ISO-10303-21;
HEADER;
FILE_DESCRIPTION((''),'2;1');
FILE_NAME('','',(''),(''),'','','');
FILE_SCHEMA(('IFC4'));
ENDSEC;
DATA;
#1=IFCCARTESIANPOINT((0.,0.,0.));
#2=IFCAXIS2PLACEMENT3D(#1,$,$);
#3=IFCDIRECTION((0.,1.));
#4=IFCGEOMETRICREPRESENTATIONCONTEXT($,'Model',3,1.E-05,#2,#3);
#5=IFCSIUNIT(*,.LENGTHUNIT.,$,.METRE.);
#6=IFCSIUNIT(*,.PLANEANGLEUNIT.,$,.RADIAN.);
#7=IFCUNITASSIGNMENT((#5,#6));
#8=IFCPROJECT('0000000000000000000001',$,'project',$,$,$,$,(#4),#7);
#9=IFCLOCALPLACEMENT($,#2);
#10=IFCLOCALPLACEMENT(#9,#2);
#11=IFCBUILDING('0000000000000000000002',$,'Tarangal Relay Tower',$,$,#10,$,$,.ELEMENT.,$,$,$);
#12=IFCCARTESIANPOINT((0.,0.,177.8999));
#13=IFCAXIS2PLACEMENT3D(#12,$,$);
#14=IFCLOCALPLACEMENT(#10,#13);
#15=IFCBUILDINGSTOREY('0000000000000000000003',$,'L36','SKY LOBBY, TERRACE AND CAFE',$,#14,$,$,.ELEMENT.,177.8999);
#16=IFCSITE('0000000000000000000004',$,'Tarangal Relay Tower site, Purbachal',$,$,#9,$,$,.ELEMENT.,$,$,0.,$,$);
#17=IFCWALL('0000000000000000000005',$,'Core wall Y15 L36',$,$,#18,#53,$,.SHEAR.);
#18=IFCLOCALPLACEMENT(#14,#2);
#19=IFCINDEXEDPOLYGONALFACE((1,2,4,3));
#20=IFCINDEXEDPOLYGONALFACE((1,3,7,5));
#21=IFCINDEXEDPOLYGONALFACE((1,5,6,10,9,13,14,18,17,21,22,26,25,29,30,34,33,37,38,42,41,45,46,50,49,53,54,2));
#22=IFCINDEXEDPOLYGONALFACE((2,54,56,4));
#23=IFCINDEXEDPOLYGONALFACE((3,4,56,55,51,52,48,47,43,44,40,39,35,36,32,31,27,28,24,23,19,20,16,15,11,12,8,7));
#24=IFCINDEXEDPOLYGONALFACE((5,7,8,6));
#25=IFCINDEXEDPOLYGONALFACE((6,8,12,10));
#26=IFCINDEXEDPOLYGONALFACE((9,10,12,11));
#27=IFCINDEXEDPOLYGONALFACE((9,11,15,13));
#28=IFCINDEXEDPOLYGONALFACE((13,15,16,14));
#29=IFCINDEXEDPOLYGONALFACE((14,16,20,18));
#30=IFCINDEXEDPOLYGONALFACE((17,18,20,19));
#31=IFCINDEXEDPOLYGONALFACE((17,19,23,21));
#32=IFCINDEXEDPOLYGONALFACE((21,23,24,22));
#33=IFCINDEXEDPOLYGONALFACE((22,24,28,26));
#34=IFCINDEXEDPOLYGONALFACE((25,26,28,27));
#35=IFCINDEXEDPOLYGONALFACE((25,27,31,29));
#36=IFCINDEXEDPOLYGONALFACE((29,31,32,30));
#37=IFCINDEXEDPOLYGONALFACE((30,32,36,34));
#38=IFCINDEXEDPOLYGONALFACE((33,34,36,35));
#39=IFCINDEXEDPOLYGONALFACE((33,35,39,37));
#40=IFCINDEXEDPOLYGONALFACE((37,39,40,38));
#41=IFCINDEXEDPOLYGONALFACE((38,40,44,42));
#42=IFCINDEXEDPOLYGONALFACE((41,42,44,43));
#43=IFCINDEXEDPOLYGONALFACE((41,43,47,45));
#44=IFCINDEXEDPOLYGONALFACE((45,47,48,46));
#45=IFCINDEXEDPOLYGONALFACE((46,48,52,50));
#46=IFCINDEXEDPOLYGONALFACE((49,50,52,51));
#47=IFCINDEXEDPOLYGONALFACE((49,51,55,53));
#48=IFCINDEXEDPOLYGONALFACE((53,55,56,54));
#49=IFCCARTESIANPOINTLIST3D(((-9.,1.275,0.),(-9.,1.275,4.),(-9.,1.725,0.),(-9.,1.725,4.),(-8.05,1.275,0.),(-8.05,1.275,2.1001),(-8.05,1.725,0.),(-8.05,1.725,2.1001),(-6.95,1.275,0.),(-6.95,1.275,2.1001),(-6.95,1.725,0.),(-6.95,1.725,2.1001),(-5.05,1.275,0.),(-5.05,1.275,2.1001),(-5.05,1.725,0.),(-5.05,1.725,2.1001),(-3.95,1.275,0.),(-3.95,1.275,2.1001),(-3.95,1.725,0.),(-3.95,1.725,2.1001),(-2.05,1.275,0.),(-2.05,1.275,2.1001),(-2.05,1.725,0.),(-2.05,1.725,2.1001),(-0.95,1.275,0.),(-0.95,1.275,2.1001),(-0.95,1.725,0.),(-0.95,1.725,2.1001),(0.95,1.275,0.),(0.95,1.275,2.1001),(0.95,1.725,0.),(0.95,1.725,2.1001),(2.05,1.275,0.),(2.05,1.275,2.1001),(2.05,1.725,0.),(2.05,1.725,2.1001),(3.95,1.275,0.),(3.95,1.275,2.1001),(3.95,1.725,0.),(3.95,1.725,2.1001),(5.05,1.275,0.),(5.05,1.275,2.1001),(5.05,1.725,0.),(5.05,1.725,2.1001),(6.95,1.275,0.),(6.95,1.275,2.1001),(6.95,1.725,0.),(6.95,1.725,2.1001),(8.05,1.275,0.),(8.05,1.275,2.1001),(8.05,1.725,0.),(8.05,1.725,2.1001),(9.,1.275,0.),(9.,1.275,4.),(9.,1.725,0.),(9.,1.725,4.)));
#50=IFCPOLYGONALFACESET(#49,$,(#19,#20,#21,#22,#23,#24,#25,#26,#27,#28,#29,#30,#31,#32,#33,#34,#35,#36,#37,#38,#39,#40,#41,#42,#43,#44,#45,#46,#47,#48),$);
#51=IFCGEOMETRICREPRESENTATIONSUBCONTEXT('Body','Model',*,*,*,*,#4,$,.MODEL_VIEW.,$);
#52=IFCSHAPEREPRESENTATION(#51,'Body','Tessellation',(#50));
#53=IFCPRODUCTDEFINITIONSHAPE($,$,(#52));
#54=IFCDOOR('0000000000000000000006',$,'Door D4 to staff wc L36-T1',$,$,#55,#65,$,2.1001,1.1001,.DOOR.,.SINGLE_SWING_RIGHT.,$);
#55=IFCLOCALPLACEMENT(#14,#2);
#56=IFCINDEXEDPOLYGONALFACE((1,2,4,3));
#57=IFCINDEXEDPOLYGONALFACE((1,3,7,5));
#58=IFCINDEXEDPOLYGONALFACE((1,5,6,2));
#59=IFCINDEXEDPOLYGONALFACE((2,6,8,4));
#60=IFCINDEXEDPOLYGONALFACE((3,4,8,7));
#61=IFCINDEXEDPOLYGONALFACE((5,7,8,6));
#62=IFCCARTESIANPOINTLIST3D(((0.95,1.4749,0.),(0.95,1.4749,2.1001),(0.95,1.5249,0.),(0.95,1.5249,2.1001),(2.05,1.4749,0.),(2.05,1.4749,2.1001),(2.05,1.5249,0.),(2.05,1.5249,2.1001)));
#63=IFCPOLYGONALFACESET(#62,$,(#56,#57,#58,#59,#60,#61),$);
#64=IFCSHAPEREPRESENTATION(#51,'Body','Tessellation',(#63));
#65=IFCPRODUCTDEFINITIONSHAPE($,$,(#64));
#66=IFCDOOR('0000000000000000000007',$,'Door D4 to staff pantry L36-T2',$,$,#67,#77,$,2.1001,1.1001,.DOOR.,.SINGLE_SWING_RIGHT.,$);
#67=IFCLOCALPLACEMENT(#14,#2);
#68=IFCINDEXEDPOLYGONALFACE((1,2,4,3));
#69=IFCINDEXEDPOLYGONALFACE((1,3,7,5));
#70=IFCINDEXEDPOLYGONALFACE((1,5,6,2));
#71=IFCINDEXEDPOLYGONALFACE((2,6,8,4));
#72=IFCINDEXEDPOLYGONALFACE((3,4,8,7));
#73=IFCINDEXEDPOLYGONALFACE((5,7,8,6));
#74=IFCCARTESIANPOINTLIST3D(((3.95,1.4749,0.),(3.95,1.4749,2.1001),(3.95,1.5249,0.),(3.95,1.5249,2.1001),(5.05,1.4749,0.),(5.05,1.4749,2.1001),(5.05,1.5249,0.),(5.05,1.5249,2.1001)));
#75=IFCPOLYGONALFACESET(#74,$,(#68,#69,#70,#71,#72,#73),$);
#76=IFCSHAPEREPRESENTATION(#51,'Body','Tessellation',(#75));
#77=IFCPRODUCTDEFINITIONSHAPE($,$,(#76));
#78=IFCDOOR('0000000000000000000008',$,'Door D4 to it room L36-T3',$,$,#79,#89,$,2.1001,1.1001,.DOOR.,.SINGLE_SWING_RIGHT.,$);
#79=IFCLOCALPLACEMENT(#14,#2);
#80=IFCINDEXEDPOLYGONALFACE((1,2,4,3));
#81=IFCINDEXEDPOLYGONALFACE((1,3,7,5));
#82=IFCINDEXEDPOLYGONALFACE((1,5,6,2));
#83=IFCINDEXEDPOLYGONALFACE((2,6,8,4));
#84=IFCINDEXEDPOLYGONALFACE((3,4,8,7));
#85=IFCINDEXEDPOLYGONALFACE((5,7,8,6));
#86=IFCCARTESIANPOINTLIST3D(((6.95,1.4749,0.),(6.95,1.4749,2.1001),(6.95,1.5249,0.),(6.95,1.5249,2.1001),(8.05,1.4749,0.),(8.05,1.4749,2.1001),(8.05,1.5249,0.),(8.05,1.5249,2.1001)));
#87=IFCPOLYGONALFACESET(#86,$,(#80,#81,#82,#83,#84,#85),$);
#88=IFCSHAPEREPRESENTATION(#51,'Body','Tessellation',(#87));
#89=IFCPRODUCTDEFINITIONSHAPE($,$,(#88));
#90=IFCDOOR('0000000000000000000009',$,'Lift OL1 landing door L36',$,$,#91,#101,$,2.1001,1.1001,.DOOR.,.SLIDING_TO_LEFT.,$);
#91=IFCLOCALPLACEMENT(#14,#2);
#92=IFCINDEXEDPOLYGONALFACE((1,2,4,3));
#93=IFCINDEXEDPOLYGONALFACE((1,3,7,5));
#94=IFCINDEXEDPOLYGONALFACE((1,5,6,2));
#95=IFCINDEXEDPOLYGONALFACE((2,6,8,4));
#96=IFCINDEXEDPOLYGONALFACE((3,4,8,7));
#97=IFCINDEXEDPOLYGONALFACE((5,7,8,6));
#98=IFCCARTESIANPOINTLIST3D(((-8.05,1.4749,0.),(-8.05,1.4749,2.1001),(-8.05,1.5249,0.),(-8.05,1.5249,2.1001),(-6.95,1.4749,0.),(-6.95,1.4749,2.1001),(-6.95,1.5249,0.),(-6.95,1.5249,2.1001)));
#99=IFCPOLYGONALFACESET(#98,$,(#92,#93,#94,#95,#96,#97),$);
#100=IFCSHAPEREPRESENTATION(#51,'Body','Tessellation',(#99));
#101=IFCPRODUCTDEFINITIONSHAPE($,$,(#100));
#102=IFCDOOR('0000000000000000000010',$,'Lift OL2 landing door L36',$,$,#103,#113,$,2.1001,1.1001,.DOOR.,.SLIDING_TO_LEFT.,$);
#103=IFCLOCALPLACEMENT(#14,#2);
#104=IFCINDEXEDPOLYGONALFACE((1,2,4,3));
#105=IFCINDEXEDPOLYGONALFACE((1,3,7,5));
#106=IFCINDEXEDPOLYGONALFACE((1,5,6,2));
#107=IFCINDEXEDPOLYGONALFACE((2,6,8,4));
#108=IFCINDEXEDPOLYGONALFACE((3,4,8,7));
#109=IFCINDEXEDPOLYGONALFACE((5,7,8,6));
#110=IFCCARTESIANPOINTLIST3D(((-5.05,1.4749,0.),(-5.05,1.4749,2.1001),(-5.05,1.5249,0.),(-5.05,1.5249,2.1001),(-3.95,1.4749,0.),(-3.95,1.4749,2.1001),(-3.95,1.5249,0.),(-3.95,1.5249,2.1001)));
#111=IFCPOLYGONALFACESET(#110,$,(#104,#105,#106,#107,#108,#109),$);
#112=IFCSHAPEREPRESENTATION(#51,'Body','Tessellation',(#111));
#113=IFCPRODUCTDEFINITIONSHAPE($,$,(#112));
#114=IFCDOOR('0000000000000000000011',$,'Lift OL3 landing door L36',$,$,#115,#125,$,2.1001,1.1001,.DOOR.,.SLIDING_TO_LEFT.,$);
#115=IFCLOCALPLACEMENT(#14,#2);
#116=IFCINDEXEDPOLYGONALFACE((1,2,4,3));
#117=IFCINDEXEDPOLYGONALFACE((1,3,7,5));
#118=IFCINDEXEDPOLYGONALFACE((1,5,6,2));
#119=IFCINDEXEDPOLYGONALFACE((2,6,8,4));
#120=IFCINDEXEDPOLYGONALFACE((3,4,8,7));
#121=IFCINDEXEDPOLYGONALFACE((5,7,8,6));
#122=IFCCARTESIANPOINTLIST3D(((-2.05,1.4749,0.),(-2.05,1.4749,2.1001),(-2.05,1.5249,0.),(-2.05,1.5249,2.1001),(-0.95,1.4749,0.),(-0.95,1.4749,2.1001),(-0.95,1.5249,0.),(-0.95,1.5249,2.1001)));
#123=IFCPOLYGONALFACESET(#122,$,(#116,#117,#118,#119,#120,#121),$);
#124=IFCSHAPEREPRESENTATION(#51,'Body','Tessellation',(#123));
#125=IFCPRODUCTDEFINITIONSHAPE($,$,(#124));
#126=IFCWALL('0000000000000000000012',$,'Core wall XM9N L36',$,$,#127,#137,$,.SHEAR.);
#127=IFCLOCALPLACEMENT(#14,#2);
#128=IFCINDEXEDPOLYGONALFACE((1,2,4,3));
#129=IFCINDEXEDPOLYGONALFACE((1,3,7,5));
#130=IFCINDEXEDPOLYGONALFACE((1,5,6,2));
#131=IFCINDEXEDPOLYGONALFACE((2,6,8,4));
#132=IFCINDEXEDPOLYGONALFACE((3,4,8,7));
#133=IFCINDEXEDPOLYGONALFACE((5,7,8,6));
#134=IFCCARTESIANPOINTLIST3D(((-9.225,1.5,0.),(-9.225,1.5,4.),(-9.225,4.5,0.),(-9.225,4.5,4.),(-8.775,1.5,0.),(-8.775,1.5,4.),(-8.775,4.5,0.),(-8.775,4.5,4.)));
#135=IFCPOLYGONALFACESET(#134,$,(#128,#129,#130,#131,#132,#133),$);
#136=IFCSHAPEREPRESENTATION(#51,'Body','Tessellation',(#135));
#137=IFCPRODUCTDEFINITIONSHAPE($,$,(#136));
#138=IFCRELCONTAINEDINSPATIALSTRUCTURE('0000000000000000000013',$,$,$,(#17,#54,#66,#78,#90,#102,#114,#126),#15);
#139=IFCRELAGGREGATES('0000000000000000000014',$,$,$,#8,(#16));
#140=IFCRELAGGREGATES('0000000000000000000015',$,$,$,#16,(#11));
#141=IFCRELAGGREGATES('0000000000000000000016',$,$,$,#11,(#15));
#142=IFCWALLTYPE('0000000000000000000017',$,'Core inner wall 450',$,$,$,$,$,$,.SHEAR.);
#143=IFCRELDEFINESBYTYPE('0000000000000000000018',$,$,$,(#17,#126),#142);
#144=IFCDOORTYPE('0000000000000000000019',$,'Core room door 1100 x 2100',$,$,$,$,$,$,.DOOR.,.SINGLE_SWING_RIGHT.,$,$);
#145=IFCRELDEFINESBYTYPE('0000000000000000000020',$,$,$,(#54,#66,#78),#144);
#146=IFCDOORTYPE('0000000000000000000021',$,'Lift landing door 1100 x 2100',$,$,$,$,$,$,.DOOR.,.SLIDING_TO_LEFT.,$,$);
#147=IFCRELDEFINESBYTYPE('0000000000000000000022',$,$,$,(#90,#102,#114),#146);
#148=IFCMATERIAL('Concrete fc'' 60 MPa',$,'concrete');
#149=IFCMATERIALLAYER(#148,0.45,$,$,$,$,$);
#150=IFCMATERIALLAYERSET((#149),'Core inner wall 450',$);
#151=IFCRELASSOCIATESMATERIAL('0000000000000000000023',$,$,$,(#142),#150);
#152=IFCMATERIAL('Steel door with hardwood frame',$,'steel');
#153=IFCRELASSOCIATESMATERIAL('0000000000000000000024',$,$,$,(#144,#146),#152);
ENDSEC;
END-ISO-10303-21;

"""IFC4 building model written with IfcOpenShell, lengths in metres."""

from ifc_helpers import new_model, si_unit, direction, frame, frame_2d, origin, place, context, subcontext, project, spatial, rectangle, extrude, material, layer, layer_set, type_object, element, fill, save


model = new_model("IFC4")

# Units and contexts
model_context = context("Model", 3, precision=1e-05, world=origin(), true_north=direction((0.0, 1.0)))
body_context = subcontext(model_context, "Body", "Model", "MODEL_VIEW")
ifc_project = project(units=[si_unit("LENGTHUNIT", "METRE"), si_unit("PLANEANGLEUNIT", "RADIAN")], contexts=[model_context])

# Site, building, storey
site_placement = place(None, origin())
site = spatial("IfcSite", under=ifc_project, at=site_placement, Name="Tarangal Relay Tower site, Purbachal", CompositionType="ELEMENT", RefElevation=0.0)
building_placement = place(site_placement, origin())
building = spatial("IfcBuilding", under=site, at=building_placement, Name="Tarangal Relay Tower", CompositionType="ELEMENT")
storey_placement = place(building_placement, frame((0.0, 0.0, 177.8999)))
storey = spatial("IfcBuildingStorey", under=building, at=storey_placement, Name="L36", Description="SKY LOBBY, TERRACE AND CAFE", CompositionType="ELEMENT", Elevation=177.8999)

# Wall, openings, doors
ifc_material_1 = material(Name="Concrete fc' 60 MPa", Category="concrete")
ifc_layer_1 = layer(ifc_material_1, 0.45)
ifc_layer_set_1 = layer_set([ifc_layer_1], Name="Core inner wall 450")
wall_type_1 = type_object("IfcWallType", Name="Core inner wall 450", PredefinedType="SHEAR", material=ifc_layer_set_1)
ifc_material_2 = material(Name="Steel door with hardwood frame", Category="steel")
wall_1_placement = place(storey_placement, frame((-9.0, 1.5, 0.0), z_axis=(0.0, 0.0, 1.0), x_axis=(1.0, 0.0, 0.0)))
wall_1 = element("IfcWall", 1, at=wall_1_placement, inside=storey, type_object=wall_type_1, Name="Core wall Y15 L36", PredefinedType="SHEAR", context=body_context, shape_type="SweptSolid", body=[
    extrude(rectangle(XDim=18.0, YDim=0.45, at=frame_2d((9.0, 0.0))), origin(), (0.0, 0.0, 1.0), 4.0),
])
opening_1_placement = place(wall_1_placement, frame((0.95, 0.0, 0.0)))
opening_1 = element("IfcOpeningElement", 2, at=opening_1_placement, cuts=wall_1, PredefinedType="OPENING", context=body_context, shape_type="SweptSolid", body=[
    extrude(rectangle(XDim=1.1001, YDim=2.1001, at=frame_2d((0.55, 1.05))), frame((0.0, 0.2349, 0.0), z_axis=(0.0, -1.0, 0.0), x_axis=(1.0, 0.0, 0.0)), (0.0, 0.0, 1.0), 0.47),
])
opening_2_placement = place(wall_1_placement, frame((3.95, 0.0, 0.0)))
opening_2 = element("IfcOpeningElement", 3, at=opening_2_placement, cuts=wall_1, PredefinedType="OPENING", context=body_context, shape_type="SweptSolid", body=[
    extrude(rectangle(XDim=1.1001, YDim=2.1001, at=frame_2d((0.55, 1.05))), frame((0.0, 0.2349, 0.0), z_axis=(0.0, -1.0, 0.0), x_axis=(1.0, 0.0, 0.0)), (0.0, 0.0, 1.0), 0.47),
])
opening_3_placement = place(wall_1_placement, frame((6.95, 0.0, 0.0)))
opening_3 = element("IfcOpeningElement", 4, at=opening_3_placement, cuts=wall_1, PredefinedType="OPENING", context=body_context, shape_type="SweptSolid", body=[
    extrude(rectangle(XDim=1.1001, YDim=2.1001, at=frame_2d((0.55, 1.05))), frame((0.0, 0.2349, 0.0), z_axis=(0.0, -1.0, 0.0), x_axis=(1.0, 0.0, 0.0)), (0.0, 0.0, 1.0), 0.47),
])
opening_4_placement = place(wall_1_placement, frame((9.95, 0.0, 0.0)))
opening_4 = element("IfcOpeningElement", 5, at=opening_4_placement, cuts=wall_1, PredefinedType="OPENING", context=body_context, shape_type="SweptSolid", body=[
    extrude(rectangle(XDim=1.1001, YDim=2.1001, at=frame_2d((0.55, 1.05))), frame((0.0, 0.2349, 0.0), z_axis=(0.0, -1.0, 0.0), x_axis=(1.0, 0.0, 0.0)), (0.0, 0.0, 1.0), 0.47),
])
opening_5_placement = place(wall_1_placement, frame((12.95, 0.0, 0.0)))
opening_5 = element("IfcOpeningElement", 6, at=opening_5_placement, cuts=wall_1, PredefinedType="OPENING", context=body_context, shape_type="SweptSolid", body=[
    extrude(rectangle(XDim=1.1001, YDim=2.1001, at=frame_2d((0.55, 1.05))), frame((0.0, 0.2349, 0.0), z_axis=(0.0, -1.0, 0.0), x_axis=(1.0, 0.0, 0.0)), (0.0, 0.0, 1.0), 0.47),
])
opening_6_placement = place(wall_1_placement, frame((15.95, 0.0, 0.0)))
opening_6 = element("IfcOpeningElement", 7, at=opening_6_placement, cuts=wall_1, PredefinedType="OPENING", context=body_context, shape_type="SweptSolid", body=[
    extrude(rectangle(XDim=1.1001, YDim=2.1001, at=frame_2d((0.55, 1.05))), frame((0.0, 0.2349, 0.0), z_axis=(0.0, -1.0, 0.0), x_axis=(1.0, 0.0, 0.0)), (0.0, 0.0, 1.0), 0.47),
])
door_type_1 = type_object("IfcDoorType", Name="Core room door 1100 x 2100", OperationType="SINGLE_SWING_RIGHT", PredefinedType="DOOR", material=ifc_material_2)
door_1_placement = place(opening_4_placement, origin())
door_1 = element("IfcDoor", 8, at=door_1_placement, inside=storey, type_object=door_type_1, Name="Door D4 to staff wc L36-T1", OperationType="SINGLE_SWING_RIGHT", OverallHeight=2.1001, OverallWidth=1.1001, PredefinedType="DOOR", context=body_context, shape_type="SweptSolid", body=[
    extrude(rectangle(XDim=1.1001, YDim=2.1001, at=frame_2d((0.55, 1.05))), frame((0.0, 0.0249, 0.0), z_axis=(0.0, -1.0, 0.0), x_axis=(1.0, 0.0, 0.0)), (0.0, 0.0, 1.0), 0.05),
])
fill(opening_4, door_1)
door_2_placement = place(opening_5_placement, origin())
door_2 = element("IfcDoor", 9, at=door_2_placement, inside=storey, type_object=door_type_1, Name="Door D4 to staff pantry L36-T2", OperationType="SINGLE_SWING_RIGHT", OverallHeight=2.1001, OverallWidth=1.1001, PredefinedType="DOOR", context=body_context, shape_type="SweptSolid", body=[
    extrude(rectangle(XDim=1.1001, YDim=2.1001, at=frame_2d((0.55, 1.05))), frame((0.0, 0.0249, 0.0), z_axis=(0.0, -1.0, 0.0), x_axis=(1.0, 0.0, 0.0)), (0.0, 0.0, 1.0), 0.05),
])
fill(opening_5, door_2)
door_3_placement = place(opening_6_placement, origin())
door_3 = element("IfcDoor", 10, at=door_3_placement, inside=storey, type_object=door_type_1, Name="Door D4 to it room L36-T3", OperationType="SINGLE_SWING_RIGHT", OverallHeight=2.1001, OverallWidth=1.1001, PredefinedType="DOOR", context=body_context, shape_type="SweptSolid", body=[
    extrude(rectangle(XDim=1.1001, YDim=2.1001, at=frame_2d((0.55, 1.05))), frame((0.0, 0.0249, 0.0), z_axis=(0.0, -1.0, 0.0), x_axis=(1.0, 0.0, 0.0)), (0.0, 0.0, 1.0), 0.05),
])
fill(opening_6, door_3)
door_type_2 = type_object("IfcDoorType", Name="Lift landing door 1100 x 2100", OperationType="SLIDING_TO_LEFT", PredefinedType="DOOR", material=ifc_material_2)
door_4_placement = place(opening_1_placement, origin())
door_4 = element("IfcDoor", 11, at=door_4_placement, inside=storey, type_object=door_type_2, Name="Lift OL1 landing door L36", OperationType="SLIDING_TO_LEFT", OverallHeight=2.1001, OverallWidth=1.1001, PredefinedType="DOOR", context=body_context, shape_type="SweptSolid", body=[
    extrude(rectangle(XDim=1.1001, YDim=2.1001, at=frame_2d((0.55, 1.05))), frame((0.0, 0.0249, 0.0), z_axis=(0.0, -1.0, 0.0), x_axis=(1.0, 0.0, 0.0)), (0.0, 0.0, 1.0), 0.05),
])
fill(opening_1, door_4)
door_5_placement = place(opening_2_placement, origin())
door_5 = element("IfcDoor", 12, at=door_5_placement, inside=storey, type_object=door_type_2, Name="Lift OL2 landing door L36", OperationType="SLIDING_TO_LEFT", OverallHeight=2.1001, OverallWidth=1.1001, PredefinedType="DOOR", context=body_context, shape_type="SweptSolid", body=[
    extrude(rectangle(XDim=1.1001, YDim=2.1001, at=frame_2d((0.55, 1.05))), frame((0.0, 0.0249, 0.0), z_axis=(0.0, -1.0, 0.0), x_axis=(1.0, 0.0, 0.0)), (0.0, 0.0, 1.0), 0.05),
])
fill(opening_2, door_5)
door_6_placement = place(opening_3_placement, origin())
door_6 = element("IfcDoor", 13, at=door_6_placement, inside=storey, type_object=door_type_2, Name="Lift OL3 landing door L36", OperationType="SLIDING_TO_LEFT", OverallHeight=2.1001, OverallWidth=1.1001, PredefinedType="DOOR", context=body_context, shape_type="SweptSolid", body=[
    extrude(rectangle(XDim=1.1001, YDim=2.1001, at=frame_2d((0.55, 1.05))), frame((0.0, 0.0249, 0.0), z_axis=(0.0, -1.0, 0.0), x_axis=(1.0, 0.0, 0.0)), (0.0, 0.0, 1.0), 0.05),
])
fill(opening_3, door_6)

# Wall
wall_2_placement = place(storey_placement, frame((-9.0, 1.5, 0.0), z_axis=(0.0, 0.0, 1.0), x_axis=(0.0, 1.0, 0.0)))
element("IfcWall", 14, at=wall_2_placement, inside=storey, type_object=wall_type_1, Name="Core wall XM9N L36", PredefinedType="SHEAR", context=body_context, shape_type="SweptSolid", body=[
    extrude(rectangle(XDim=3.0, YDim=0.45, at=frame_2d((1.5, 0.0))), origin(), (0.0, 0.0, 1.0), 4.0),
])

save(model, "model.ifc")
